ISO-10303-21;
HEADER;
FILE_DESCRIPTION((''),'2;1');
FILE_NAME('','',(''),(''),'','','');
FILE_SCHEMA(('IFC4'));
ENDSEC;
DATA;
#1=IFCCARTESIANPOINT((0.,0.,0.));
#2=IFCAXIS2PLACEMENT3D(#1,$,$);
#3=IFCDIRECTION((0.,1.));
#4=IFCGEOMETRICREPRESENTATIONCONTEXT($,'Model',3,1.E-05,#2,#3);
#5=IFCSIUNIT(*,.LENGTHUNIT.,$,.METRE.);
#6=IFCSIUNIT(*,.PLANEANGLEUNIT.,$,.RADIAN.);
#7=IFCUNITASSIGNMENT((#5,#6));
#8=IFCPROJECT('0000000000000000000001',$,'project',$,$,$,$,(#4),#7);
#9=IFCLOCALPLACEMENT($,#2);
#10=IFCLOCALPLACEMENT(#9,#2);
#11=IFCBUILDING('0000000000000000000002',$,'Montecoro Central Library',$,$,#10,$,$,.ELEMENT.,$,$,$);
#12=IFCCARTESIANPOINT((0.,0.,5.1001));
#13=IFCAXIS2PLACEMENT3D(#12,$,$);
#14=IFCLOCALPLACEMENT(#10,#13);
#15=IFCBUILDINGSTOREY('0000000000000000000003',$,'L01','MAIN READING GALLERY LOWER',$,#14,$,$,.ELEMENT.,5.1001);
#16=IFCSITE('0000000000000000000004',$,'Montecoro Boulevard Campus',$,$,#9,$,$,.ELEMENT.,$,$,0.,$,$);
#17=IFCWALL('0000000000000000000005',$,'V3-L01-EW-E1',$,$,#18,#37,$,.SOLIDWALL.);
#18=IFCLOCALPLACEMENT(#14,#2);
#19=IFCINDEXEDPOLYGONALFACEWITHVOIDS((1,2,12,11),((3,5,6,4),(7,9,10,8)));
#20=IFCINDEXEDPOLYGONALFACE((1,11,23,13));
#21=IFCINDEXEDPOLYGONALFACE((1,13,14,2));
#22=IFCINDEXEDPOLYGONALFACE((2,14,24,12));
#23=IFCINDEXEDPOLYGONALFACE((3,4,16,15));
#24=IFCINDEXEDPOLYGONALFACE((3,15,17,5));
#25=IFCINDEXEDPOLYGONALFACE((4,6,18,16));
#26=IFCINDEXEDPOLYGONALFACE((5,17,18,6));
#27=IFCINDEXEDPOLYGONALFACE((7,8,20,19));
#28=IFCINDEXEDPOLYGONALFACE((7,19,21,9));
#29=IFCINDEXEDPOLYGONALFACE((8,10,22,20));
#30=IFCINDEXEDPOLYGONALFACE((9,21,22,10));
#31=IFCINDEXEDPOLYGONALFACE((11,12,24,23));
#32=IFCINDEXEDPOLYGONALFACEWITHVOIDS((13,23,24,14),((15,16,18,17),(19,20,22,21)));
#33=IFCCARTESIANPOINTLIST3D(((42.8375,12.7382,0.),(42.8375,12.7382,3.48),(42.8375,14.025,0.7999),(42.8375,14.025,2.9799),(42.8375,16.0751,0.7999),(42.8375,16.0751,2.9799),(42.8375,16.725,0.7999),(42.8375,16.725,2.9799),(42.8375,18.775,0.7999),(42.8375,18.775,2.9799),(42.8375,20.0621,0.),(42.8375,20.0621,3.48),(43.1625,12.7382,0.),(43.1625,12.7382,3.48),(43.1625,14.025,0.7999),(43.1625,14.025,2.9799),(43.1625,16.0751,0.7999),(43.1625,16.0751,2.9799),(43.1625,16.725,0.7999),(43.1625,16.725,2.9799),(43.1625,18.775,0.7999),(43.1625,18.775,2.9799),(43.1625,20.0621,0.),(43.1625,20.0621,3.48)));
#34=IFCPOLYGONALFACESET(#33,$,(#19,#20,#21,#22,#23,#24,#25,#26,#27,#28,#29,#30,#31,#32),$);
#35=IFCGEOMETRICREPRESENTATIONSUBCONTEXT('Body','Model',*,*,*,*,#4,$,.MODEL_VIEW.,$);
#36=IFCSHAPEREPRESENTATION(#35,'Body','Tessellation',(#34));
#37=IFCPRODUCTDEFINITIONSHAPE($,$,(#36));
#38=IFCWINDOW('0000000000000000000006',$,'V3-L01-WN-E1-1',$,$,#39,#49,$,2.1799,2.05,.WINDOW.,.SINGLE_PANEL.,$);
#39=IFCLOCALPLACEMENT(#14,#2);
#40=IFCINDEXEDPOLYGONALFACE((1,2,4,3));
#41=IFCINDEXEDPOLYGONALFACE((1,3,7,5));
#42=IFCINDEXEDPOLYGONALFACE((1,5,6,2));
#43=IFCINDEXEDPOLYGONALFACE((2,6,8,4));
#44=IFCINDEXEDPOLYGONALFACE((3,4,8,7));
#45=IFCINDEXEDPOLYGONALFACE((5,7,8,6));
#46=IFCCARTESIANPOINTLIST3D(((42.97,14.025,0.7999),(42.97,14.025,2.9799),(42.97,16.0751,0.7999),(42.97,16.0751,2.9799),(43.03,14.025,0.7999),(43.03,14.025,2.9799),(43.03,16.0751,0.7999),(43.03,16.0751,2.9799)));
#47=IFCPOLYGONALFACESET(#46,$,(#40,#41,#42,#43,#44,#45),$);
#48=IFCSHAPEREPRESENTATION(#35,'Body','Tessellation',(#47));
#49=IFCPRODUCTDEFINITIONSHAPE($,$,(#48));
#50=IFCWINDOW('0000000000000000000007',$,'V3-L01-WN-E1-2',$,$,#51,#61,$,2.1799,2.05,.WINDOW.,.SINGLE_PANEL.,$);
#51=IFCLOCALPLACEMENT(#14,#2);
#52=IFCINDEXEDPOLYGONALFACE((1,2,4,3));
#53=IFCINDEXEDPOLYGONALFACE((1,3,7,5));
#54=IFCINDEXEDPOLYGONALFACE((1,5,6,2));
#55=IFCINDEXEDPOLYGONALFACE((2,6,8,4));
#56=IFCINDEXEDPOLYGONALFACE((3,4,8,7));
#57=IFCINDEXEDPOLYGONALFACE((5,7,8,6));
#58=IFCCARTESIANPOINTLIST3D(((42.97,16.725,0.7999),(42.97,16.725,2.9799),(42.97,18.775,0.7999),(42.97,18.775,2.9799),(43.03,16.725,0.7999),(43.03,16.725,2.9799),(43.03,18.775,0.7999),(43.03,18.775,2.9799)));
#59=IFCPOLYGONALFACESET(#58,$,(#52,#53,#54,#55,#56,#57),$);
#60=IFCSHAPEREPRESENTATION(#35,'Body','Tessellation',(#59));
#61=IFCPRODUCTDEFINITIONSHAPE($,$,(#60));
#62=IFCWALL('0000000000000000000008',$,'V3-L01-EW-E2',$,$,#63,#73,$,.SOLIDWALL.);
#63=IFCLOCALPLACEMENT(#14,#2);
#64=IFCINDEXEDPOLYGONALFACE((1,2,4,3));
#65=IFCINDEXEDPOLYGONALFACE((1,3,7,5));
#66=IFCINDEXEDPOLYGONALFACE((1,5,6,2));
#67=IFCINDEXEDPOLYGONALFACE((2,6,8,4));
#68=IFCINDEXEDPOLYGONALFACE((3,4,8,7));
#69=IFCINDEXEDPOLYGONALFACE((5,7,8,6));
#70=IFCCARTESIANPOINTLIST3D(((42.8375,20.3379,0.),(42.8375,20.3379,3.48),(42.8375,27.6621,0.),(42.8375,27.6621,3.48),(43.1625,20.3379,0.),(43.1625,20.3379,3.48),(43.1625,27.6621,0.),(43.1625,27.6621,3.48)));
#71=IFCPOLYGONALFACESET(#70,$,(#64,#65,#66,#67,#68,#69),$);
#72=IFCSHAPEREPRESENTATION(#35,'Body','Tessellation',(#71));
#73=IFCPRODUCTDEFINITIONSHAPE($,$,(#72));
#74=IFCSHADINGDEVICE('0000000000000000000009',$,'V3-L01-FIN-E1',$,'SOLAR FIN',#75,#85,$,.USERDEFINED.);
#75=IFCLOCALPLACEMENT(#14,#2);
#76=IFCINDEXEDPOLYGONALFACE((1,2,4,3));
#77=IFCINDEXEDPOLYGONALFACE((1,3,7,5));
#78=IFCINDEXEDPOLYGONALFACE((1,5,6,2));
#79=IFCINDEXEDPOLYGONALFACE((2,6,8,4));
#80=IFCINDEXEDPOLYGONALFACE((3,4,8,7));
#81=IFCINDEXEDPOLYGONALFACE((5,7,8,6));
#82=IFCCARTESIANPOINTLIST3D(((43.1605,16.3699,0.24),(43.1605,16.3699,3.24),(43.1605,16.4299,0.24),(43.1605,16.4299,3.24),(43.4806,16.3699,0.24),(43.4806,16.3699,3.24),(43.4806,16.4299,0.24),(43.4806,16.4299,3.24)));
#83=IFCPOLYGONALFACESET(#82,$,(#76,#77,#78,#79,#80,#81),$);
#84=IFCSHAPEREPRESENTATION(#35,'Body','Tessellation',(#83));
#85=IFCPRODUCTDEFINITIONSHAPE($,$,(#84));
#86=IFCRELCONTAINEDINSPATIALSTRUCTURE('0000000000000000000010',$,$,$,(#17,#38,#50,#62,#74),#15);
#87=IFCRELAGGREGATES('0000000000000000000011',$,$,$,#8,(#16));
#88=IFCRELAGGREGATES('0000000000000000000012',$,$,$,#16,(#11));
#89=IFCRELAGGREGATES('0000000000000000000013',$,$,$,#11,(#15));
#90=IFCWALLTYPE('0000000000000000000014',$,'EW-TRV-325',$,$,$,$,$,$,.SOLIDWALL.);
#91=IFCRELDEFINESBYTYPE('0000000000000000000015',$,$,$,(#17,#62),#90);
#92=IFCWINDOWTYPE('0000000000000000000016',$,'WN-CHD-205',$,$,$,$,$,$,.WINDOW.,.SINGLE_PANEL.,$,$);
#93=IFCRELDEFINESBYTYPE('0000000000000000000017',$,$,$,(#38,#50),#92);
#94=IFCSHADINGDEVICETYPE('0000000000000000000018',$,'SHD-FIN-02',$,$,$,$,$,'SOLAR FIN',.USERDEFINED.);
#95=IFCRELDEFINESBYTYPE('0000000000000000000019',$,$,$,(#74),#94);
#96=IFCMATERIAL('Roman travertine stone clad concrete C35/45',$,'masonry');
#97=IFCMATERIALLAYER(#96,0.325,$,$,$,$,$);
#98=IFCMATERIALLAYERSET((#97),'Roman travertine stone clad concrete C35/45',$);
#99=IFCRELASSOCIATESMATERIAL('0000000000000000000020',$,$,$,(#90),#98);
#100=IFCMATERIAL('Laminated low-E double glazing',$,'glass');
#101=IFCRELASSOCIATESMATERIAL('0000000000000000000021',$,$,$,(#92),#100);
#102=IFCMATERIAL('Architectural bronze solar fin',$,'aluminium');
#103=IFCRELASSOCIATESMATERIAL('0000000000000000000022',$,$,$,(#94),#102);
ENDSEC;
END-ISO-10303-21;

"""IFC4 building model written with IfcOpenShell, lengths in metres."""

from ifc_helpers import new_model, si_unit, direction, frame, frame_2d, origin, origin_2d, place, context, subcontext, project, spatial, rectangle, extrude, material, layer, layer_set, type_object, element, fill, save


model = new_model("IFC4")

# Units and contexts
model_context = context("Model", 3, precision=1e-05, world=origin(), true_north=direction((0.0, 1.0)))
body_context = subcontext(model_context, "Body", "Model", "MODEL_VIEW")
ifc_project = project(units=[si_unit("LENGTHUNIT", "METRE"), si_unit("PLANEANGLEUNIT", "RADIAN")], contexts=[model_context])

# Site, building, storey
site_placement = place(None, origin())
site = spatial("IfcSite", under=ifc_project, at=site_placement, Name="Montecoro Boulevard Campus", CompositionType="ELEMENT", RefElevation=0.0)
building_placement = place(site_placement, origin())
building = spatial("IfcBuilding", under=site, at=building_placement, Name="Montecoro Central Library", CompositionType="ELEMENT")
storey_placement = place(building_placement, frame((0.0, 0.0, 5.1001)))
storey = spatial("IfcBuildingStorey", under=building, at=storey_placement, Name="L01", Description="MAIN READING GALLERY LOWER", CompositionType="ELEMENT", Elevation=5.1001)

# Shared definitions
ifc_material_1 = material(Name="Laminated low-E double glazing", Category="glass")

# Wall, openings, windows
ifc_material_2 = material(Name="Roman travertine stone clad concrete C35/45", Category="masonry")
ifc_layer_1 = layer(ifc_material_2, 0.325)
ifc_layer_set_1 = layer_set([ifc_layer_1], Name="Roman travertine stone clad concrete C35/45")
wall_type_1 = type_object("IfcWallType", Name="EW-TRV-325", PredefinedType="SOLIDWALL", material=ifc_layer_set_1)
wall_1_placement = place(storey_placement, frame((43.0, 12.738, 0.0), z_axis=(0.0, 0.0, 1.0), x_axis=(0.0, 1.0, 0.0)))
wall_1 = element("IfcWall", 1, at=wall_1_placement, inside=storey, type_object=wall_type_1, Name="V3-L01-EW-E1", PredefinedType="SOLIDWALL", context=body_context, shape_type="SweptSolid", body=[
    extrude(rectangle(XDim=7.324, YDim=0.325, at=frame_2d((3.6621, 0.0))), origin(), (0.0, 0.0, 1.0), 3.48),
])
opening_1_placement = place(wall_1_placement, frame((1.2871, 0.0, 0.8)))
opening_1 = element("IfcOpeningElement", 2, at=opening_1_placement, cuts=wall_1, PredefinedType="OPENING", context=body_context, shape_type="SweptSolid", body=[
    extrude(rectangle(XDim=2.05, YDim=2.1799, at=frame_2d((1.0249, 1.0898))), frame((0.0, 0.1724, 0.0), z_axis=(0.0, -1.0, 0.0), x_axis=(1.0, 0.0, 0.0)), (0.0, 0.0, 1.0), 0.345),
])
opening_2_placement = place(wall_1_placement, frame((3.9871, 0.0, 0.8)))
opening_2 = element("IfcOpeningElement", 3, at=opening_2_placement, cuts=wall_1, PredefinedType="OPENING", context=body_context, shape_type="SweptSolid", body=[
    extrude(rectangle(XDim=2.05, YDim=2.1799, at=frame_2d((1.0249, 1.0898))), frame((0.0, 0.1724, 0.0), z_axis=(0.0, -1.0, 0.0), x_axis=(1.0, 0.0, 0.0)), (0.0, 0.0, 1.0), 0.345),
])
window_type_1 = type_object("IfcWindowType", Name="WN-CHD-205", PartitioningType="SINGLE_PANEL", PredefinedType="WINDOW", material=ifc_material_1)
window_1_placement = place(opening_1_placement, origin())
window_1 = element("IfcWindow", 4, at=window_1_placement, inside=storey, type_object=window_type_1, Name="V3-L01-WN-E1-1", OverallHeight=2.1799, OverallWidth=2.05, PartitioningType="SINGLE_PANEL", PredefinedType="WINDOW", context=body_context, shape_type="SweptSolid", body=[
    extrude(rectangle(XDim=2.05, YDim=2.1799, at=frame_2d((1.0249, 1.0898))), frame((0.0, 0.03, 0.0), z_axis=(0.0, -1.0, 0.0), x_axis=(1.0, 0.0, 0.0)), (0.0, 0.0, 1.0), 0.0601),
])
fill(opening_1, window_1)
window_2_placement = place(opening_2_placement, origin())
window_2 = element("IfcWindow", 5, at=window_2_placement, inside=storey, type_object=window_type_1, Name="V3-L01-WN-E1-2", OverallHeight=2.1799, OverallWidth=2.05, PartitioningType="SINGLE_PANEL", PredefinedType="WINDOW", context=body_context, shape_type="SweptSolid", body=[
    extrude(rectangle(XDim=2.05, YDim=2.1799, at=frame_2d((1.0249, 1.0898))), frame((0.0, 0.03, 0.0), z_axis=(0.0, -1.0, 0.0), x_axis=(1.0, 0.0, 0.0)), (0.0, 0.0, 1.0), 0.0601),
])
fill(opening_2, window_2)

# Wall
wall_2_placement = place(storey_placement, frame((43.0, 20.3379, 0.0), z_axis=(0.0, 0.0, 1.0), x_axis=(0.0, 1.0, 0.0)))
element("IfcWall", 6, at=wall_2_placement, inside=storey, type_object=wall_type_1, Name="V3-L01-EW-E2", PredefinedType="SOLIDWALL", context=body_context, shape_type="SweptSolid", body=[
    extrude(rectangle(XDim=7.3242, YDim=0.325, at=frame_2d((3.6621, 0.0))), origin(), (0.0, 0.0, 1.0), 3.48),
])

# Shading device
ifc_material_3 = material(Name="Architectural bronze solar fin", Category="aluminium")
shading_device_type = type_object("IfcShadingDeviceType", Name="SHD-FIN-02", ElementType="SOLAR FIN", PredefinedType="USERDEFINED", material=ifc_material_3)
shading_device_placement = place(storey_placement, frame((43.3206, 16.3999, 0.24), z_axis=(0.0, 0.0, 1.0), x_axis=(0.0, 1.0, 0.0)))
element("IfcShadingDevice", 7, at=shading_device_placement, inside=storey, type_object=shading_device_type, Name="V3-L01-FIN-E1", ObjectType="SOLAR FIN", PredefinedType="USERDEFINED", context=body_context, shape_type="SweptSolid", body=[
    extrude(rectangle(XDim=0.0601, YDim=0.3201, at=origin_2d()), origin(), (0.0, 0.0, 1.0), 3.0),
])

save(model, "model.ifc")
